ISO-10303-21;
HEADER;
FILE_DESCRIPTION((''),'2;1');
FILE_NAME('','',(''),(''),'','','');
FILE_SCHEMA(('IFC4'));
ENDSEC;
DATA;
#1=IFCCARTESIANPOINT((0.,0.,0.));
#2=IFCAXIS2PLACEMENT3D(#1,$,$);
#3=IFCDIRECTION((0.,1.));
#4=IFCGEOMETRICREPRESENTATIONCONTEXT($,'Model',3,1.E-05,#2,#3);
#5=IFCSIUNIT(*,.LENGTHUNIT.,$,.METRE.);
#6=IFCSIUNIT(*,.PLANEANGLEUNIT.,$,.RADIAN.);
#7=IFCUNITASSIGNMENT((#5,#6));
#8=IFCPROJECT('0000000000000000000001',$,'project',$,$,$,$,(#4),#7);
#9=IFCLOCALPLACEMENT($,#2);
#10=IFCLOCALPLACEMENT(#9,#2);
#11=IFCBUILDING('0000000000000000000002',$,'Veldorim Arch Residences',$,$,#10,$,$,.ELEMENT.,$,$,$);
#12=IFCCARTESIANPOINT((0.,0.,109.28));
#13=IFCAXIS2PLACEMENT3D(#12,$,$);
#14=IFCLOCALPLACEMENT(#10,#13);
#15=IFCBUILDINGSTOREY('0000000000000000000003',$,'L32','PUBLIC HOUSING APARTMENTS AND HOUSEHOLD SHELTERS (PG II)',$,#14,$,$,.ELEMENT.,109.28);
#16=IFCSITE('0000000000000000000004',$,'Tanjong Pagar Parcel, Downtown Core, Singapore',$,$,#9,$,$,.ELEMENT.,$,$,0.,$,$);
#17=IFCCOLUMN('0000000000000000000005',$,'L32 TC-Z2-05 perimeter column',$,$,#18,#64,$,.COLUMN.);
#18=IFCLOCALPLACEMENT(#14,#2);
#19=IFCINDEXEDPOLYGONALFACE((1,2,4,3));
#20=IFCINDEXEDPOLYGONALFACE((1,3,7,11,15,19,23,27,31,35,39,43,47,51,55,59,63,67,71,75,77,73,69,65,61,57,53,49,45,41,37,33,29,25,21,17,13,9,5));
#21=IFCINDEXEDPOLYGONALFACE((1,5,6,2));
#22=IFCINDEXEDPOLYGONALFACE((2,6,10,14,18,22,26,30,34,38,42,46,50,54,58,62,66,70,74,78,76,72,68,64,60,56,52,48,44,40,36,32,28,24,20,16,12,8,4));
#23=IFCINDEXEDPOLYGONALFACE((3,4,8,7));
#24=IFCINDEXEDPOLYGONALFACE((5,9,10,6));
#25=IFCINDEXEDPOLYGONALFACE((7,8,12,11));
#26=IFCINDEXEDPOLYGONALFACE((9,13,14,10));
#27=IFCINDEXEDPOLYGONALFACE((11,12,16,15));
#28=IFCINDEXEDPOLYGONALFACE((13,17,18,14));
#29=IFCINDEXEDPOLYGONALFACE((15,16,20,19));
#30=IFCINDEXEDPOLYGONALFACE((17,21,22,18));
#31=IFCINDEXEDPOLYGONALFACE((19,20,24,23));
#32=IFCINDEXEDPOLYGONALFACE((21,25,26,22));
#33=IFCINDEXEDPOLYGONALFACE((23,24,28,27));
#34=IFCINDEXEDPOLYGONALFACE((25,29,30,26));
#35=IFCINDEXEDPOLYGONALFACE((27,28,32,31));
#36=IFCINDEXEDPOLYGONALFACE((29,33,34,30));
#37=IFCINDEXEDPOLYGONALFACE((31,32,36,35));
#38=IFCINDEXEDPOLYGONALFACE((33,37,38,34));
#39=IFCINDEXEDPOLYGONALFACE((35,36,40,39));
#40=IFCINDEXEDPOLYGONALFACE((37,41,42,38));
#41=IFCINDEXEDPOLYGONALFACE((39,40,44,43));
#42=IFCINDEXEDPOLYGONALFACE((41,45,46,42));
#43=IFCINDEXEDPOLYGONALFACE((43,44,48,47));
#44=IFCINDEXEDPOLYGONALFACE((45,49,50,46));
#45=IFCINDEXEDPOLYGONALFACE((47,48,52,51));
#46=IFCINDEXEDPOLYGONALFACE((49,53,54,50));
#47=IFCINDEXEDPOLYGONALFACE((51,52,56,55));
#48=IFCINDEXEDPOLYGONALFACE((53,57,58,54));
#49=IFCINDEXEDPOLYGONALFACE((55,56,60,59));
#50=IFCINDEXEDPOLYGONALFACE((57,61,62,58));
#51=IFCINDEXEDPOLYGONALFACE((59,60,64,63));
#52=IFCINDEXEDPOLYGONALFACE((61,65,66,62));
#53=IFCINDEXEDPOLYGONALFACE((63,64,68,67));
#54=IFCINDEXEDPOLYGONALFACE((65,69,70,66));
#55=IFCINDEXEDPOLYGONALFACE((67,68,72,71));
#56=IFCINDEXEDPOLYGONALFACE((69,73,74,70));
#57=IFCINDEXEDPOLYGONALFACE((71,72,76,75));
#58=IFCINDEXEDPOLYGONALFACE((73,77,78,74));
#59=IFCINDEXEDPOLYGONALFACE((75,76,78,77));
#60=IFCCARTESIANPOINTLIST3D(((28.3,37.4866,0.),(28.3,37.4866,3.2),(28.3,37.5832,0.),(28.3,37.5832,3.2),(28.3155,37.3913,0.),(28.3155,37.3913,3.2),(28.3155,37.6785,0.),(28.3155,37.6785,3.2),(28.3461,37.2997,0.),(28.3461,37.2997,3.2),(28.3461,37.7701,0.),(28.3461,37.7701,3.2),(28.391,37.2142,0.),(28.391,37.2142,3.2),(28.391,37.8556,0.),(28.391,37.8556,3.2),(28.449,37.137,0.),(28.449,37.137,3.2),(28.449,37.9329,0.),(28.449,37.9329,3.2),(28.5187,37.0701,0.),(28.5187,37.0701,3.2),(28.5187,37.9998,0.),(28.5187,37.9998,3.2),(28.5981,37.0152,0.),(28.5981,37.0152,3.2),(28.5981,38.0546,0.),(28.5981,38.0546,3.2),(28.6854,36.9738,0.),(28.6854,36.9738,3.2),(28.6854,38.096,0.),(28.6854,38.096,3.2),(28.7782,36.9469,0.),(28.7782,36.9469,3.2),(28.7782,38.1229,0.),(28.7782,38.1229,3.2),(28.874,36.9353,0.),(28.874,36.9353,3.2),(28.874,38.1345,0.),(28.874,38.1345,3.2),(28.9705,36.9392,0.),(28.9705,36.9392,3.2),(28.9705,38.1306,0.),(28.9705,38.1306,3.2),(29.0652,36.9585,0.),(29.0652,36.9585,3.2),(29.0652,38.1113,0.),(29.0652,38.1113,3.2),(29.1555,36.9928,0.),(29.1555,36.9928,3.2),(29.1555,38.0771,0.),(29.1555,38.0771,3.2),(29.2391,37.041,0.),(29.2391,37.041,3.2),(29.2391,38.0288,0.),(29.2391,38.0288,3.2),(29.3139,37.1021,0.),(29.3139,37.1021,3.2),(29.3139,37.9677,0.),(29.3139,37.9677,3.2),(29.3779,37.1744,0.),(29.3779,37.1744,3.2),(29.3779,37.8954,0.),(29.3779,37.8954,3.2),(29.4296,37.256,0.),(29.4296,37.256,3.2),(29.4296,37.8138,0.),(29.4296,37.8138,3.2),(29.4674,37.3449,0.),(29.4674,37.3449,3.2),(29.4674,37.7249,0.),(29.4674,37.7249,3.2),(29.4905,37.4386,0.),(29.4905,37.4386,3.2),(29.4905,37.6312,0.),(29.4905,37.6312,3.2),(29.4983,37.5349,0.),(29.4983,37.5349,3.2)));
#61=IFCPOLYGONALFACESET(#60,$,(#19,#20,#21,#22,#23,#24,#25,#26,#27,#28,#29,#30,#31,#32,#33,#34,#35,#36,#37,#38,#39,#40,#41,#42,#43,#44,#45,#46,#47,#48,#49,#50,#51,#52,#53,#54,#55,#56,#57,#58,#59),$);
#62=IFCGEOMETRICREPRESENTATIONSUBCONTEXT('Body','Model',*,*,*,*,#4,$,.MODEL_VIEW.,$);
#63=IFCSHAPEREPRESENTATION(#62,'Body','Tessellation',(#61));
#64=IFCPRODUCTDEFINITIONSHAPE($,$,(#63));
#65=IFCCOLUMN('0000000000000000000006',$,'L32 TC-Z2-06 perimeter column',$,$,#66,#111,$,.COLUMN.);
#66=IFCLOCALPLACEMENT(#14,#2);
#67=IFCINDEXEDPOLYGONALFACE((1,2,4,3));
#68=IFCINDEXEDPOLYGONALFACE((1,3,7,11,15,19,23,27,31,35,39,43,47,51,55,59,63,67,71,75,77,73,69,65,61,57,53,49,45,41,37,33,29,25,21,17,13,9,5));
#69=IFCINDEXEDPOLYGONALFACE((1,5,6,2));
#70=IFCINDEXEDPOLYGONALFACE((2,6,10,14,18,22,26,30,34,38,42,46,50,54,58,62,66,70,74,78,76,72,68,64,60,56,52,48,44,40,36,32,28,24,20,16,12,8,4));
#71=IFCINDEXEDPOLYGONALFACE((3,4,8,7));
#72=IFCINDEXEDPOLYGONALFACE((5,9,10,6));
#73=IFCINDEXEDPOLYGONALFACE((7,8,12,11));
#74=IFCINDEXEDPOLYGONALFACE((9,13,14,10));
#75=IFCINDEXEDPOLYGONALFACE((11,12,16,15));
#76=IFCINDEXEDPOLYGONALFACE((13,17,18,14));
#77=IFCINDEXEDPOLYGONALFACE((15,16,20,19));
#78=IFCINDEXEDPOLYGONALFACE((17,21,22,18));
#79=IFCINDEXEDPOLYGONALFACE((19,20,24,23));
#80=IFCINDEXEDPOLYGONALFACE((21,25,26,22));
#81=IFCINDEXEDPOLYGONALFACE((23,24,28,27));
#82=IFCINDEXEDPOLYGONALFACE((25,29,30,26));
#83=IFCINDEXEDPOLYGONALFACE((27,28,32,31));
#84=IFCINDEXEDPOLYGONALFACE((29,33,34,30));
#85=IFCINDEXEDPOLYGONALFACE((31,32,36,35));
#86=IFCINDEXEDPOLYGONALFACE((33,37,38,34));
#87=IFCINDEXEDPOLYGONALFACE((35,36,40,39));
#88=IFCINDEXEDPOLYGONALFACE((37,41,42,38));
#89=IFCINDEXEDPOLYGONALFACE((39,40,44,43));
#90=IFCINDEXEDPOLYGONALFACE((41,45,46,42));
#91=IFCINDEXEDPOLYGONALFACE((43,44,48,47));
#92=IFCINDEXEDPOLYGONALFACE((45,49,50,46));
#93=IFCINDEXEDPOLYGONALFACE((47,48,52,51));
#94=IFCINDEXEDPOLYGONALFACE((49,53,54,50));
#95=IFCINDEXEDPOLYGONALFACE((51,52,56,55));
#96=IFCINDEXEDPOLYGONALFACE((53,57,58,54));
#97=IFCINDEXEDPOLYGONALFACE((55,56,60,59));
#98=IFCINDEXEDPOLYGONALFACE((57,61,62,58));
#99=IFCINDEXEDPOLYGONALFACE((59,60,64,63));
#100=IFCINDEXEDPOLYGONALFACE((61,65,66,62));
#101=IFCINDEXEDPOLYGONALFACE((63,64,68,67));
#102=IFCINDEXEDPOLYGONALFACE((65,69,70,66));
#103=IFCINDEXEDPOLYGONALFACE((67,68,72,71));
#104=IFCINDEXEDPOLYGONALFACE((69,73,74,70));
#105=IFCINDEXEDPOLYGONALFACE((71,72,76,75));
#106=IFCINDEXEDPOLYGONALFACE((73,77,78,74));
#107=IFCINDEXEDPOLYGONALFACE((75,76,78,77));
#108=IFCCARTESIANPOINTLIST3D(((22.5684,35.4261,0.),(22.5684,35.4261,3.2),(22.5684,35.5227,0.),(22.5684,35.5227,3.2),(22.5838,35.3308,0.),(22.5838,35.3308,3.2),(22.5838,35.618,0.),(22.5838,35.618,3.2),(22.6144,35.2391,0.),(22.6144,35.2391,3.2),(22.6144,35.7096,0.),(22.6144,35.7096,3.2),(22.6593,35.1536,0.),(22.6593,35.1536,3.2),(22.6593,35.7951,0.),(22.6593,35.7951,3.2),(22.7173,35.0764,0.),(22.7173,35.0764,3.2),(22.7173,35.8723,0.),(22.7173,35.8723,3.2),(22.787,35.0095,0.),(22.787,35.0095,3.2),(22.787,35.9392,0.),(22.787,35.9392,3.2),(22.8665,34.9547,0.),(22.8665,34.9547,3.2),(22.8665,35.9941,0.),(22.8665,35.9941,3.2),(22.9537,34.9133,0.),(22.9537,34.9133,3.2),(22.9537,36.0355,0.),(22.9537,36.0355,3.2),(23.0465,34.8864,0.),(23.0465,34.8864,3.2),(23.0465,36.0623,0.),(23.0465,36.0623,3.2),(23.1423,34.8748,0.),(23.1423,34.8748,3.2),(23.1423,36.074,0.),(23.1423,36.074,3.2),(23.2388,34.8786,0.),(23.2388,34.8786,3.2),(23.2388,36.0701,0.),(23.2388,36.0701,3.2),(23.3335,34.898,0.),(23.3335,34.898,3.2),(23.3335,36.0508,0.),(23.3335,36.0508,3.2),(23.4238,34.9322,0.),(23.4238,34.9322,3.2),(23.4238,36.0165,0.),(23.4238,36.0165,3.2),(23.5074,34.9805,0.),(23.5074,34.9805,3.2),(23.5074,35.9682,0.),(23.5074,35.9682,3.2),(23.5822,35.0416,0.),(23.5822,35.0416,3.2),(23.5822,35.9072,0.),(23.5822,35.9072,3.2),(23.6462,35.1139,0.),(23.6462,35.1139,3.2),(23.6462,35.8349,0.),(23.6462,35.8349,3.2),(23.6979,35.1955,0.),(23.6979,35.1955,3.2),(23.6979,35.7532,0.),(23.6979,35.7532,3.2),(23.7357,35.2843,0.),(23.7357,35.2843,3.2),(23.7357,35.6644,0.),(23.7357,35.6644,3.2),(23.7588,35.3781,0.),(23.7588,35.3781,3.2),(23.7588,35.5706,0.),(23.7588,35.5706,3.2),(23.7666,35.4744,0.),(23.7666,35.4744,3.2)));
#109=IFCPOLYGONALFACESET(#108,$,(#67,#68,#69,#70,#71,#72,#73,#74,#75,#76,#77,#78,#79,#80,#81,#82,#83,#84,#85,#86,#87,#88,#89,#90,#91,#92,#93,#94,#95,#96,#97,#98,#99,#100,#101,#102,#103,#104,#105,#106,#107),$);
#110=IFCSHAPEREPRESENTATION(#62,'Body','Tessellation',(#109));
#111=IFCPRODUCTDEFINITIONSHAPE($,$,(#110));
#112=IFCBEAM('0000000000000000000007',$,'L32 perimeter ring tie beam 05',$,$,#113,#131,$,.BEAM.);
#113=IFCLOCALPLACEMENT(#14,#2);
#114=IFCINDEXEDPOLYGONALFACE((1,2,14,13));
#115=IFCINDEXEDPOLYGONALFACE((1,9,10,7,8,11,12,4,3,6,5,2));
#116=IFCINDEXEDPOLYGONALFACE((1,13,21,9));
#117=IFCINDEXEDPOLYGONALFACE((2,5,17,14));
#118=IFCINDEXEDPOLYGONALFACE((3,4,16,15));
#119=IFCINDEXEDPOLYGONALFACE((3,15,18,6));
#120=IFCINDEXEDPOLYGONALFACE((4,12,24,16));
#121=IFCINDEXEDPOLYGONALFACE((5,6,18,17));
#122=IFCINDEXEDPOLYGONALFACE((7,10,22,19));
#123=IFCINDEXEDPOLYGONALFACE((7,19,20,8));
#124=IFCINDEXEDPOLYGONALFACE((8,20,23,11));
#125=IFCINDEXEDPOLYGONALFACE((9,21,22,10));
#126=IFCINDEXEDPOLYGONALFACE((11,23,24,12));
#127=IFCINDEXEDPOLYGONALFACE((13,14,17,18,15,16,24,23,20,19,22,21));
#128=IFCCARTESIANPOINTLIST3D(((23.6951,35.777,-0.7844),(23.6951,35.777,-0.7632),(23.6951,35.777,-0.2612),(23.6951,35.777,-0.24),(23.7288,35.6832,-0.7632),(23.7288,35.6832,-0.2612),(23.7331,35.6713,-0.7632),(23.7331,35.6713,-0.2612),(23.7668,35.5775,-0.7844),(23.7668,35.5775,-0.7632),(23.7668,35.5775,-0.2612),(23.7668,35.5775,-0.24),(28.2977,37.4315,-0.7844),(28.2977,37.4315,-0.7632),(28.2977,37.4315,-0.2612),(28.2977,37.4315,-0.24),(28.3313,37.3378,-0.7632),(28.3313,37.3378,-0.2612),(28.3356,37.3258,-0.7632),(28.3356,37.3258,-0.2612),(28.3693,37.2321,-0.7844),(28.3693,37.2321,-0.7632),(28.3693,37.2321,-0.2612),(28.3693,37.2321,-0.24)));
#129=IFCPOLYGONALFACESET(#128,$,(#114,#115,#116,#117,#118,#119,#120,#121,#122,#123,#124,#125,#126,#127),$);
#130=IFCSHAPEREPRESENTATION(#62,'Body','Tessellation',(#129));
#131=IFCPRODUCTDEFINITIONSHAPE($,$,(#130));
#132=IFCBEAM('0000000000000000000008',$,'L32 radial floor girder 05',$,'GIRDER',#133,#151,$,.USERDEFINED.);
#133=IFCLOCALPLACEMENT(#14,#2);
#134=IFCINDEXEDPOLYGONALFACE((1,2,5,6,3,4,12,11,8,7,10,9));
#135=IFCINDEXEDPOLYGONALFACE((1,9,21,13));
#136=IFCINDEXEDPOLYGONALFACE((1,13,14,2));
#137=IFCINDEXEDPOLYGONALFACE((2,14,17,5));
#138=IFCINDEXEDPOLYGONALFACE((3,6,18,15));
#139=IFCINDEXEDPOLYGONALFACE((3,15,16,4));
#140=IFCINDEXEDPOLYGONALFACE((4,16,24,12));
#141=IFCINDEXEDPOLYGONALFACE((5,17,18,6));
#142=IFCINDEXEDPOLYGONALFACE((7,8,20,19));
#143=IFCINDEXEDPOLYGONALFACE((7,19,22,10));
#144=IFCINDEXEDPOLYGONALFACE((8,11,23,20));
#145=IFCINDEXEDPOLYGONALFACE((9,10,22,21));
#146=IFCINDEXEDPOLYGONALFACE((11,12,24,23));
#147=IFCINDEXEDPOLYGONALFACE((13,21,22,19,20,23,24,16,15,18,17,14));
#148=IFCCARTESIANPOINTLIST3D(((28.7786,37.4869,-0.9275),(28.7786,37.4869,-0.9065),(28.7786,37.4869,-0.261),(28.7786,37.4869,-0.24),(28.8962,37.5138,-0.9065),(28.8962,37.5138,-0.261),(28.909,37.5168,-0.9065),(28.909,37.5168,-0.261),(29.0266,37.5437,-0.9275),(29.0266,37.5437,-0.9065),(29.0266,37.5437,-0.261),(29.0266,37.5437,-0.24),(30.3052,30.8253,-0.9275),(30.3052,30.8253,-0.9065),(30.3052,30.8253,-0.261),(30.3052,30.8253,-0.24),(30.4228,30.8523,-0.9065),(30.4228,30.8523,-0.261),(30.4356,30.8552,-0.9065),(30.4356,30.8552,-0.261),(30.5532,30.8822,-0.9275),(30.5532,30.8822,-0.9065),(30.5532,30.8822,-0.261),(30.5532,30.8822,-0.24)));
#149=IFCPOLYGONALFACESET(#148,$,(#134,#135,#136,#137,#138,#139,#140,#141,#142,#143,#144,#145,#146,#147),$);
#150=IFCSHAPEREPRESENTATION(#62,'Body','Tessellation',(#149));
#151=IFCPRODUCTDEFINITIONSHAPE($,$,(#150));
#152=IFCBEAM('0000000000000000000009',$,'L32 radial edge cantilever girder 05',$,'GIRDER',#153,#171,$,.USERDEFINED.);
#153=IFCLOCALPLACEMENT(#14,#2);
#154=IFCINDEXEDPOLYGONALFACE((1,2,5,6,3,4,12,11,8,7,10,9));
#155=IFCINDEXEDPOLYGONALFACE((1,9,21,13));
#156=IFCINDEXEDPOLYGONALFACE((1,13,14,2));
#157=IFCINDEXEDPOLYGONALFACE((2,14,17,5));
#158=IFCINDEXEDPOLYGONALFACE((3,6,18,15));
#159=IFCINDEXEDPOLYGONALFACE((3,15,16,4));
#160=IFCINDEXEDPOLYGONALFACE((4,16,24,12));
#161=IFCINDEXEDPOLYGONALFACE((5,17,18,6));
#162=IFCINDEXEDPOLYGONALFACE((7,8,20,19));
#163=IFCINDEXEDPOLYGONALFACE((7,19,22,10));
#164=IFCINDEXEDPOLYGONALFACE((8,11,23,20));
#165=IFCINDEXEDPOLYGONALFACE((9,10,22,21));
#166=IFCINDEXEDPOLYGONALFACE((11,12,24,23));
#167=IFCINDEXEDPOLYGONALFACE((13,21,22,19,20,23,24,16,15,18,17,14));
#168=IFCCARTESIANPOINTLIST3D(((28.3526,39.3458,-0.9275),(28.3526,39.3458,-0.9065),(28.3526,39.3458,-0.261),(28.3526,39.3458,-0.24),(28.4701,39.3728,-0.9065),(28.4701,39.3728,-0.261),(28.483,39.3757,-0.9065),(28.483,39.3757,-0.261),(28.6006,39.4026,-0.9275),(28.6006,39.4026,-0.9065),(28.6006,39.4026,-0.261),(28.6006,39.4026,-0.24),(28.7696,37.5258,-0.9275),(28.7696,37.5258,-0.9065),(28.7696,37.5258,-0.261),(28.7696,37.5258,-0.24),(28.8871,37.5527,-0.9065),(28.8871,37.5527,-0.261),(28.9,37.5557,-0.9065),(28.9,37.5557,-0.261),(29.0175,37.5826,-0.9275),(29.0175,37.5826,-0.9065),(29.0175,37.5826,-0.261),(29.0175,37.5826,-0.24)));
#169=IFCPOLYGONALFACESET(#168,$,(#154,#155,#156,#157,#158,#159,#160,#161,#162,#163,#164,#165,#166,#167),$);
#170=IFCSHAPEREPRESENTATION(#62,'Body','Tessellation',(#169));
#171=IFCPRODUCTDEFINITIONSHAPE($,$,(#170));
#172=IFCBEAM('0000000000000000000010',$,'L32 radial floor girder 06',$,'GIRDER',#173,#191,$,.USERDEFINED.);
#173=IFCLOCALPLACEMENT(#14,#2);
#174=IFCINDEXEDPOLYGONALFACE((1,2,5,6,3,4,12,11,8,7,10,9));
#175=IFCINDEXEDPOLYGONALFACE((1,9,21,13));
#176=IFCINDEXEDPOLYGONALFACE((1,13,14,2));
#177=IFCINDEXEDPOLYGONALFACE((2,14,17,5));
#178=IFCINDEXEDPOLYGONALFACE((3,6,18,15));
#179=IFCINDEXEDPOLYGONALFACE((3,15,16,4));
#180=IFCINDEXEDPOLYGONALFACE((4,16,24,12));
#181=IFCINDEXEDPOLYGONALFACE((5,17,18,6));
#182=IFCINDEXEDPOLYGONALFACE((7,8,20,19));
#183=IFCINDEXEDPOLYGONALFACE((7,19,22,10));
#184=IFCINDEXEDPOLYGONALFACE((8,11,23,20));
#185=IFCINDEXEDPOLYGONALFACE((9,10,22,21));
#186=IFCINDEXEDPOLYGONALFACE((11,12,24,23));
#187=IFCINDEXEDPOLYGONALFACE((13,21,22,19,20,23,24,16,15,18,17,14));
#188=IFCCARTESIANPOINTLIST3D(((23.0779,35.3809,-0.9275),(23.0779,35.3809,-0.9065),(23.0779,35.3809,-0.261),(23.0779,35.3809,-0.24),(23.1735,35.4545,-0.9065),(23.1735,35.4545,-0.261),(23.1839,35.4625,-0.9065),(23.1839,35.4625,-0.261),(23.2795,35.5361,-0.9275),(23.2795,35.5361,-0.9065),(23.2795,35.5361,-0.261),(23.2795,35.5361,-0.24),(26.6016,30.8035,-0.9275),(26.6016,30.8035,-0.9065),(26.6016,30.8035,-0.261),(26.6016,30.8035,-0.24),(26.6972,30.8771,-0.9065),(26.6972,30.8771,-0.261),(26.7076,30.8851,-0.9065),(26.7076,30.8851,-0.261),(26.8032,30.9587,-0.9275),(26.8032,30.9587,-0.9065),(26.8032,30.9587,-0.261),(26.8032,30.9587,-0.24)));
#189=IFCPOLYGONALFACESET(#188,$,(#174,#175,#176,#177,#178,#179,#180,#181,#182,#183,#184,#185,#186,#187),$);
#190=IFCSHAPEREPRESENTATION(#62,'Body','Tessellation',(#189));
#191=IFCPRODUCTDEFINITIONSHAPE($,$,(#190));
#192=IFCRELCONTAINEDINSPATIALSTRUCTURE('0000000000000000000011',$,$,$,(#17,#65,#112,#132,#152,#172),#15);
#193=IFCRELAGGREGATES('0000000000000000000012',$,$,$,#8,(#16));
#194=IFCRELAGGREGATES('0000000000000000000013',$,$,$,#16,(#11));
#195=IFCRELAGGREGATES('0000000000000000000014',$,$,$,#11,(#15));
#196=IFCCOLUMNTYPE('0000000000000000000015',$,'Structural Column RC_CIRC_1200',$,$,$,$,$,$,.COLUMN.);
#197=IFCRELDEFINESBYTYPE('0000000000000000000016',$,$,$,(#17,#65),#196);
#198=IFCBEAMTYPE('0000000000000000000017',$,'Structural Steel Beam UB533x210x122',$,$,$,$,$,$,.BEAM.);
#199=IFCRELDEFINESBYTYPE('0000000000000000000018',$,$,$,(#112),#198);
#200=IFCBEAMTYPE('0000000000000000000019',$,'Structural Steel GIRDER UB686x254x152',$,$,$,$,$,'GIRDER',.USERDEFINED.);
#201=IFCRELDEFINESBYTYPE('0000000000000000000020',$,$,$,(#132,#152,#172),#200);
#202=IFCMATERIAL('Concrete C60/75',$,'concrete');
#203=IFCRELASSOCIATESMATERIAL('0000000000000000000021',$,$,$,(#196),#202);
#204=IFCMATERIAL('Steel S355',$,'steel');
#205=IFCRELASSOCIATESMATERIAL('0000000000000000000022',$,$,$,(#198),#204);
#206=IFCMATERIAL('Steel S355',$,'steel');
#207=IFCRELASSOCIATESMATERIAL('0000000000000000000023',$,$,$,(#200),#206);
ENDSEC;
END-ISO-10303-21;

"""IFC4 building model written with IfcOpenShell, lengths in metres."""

from ifc_helpers import new_model, si_unit, direction, frame, origin, origin_2d, place, context, subcontext, project, spatial, circle, i_section, extrude, material, material_profile, profile_set, type_object, element, save


model = new_model("IFC4")

# Units and contexts
model_context = context("Model", 3, precision=1e-05, world=origin(), true_north=direction((0.0, 1.0)))
body_context = subcontext(model_context, "Body", "Model", "MODEL_VIEW")
ifc_project = project(units=[si_unit("LENGTHUNIT", "METRE"), si_unit("PLANEANGLEUNIT", "RADIAN")], contexts=[model_context])

# Site, building, storey
site_placement = place(None, origin())
site = spatial("IfcSite", under=ifc_project, at=site_placement, Name="Tanjong Pagar Parcel, Downtown Core, Singapore", CompositionType="ELEMENT", RefElevation=0.0)
building_placement = place(site_placement, origin())
building = spatial("IfcBuilding", under=site, at=building_placement, Name="Veldorim Arch Residences", CompositionType="ELEMENT")
storey_placement = place(building_placement, frame((0.0, 0.0, 109.28)))
storey = spatial("IfcBuildingStorey", under=building, at=storey_placement, Name="L32", Description="PUBLIC HOUSING APARTMENTS AND HOUSEHOLD SHELTERS (PG II)", CompositionType="ELEMENT", Elevation=109.28)

# Columns
ifc_material_1 = material(Name="Concrete C60/75", Category="concrete")
ifc_material_profile_1 = material_profile(ifc_material_1, circle(Radius=0.6001, at=origin_2d()), Name="RC_CIRC_1200")
ifc_profile_set_1 = profile_set([ifc_material_profile_1], Name="Concrete C60/75")
column_type = type_object("IfcColumnType", Name="Structural Column RC_CIRC_1200", PredefinedType="COLUMN", material=ifc_profile_set_1)
for number, where, z_axis, x_axis, name in (
    (1, (28.8982, 37.5349, 0.0), (0.0, 0.0, 1.0), (1.0, 0.0, 0.0), "L32 TC-Z2-05 perimeter column"),
    (2, (23.1665, 35.4744, 0.0), (0.0, 0.0, 1.0), (1.0, 0.0, 0.0), "L32 TC-Z2-06 perimeter column"),
):
    element("IfcColumn", number, at=place(storey_placement, frame(where, z_axis=z_axis, x_axis=x_axis)), inside=storey, type_object=column_type, Name=name, PredefinedType="COLUMN", context=body_context, shape_type="SweptSolid", body=[
        extrude(circle(Radius=0.6001, at=origin_2d()), origin(), (0.0, 0.0, 1.0), 3.2),
    ])

# Beams
ifc_material_2 = material(Name="Steel S355", Category="steel")
ifc_material_profile_2 = material_profile(ifc_material_2, i_section(OverallWidth=0.2119, OverallDepth=0.5444, WebThickness=0.0127, FlangeThickness=0.0212, at=origin_2d()), Name="UB533x210x122")
ifc_profile_set_2 = profile_set([ifc_material_profile_2], Name="Steel S355")
beam_type_1 = type_object("IfcBeamType", Name="Structural Steel Beam UB533x210x122", PredefinedType="BEAM", material=ifc_profile_set_2)
beam_1_placement = place(storey_placement, frame((28.3335, 37.3318, -0.5122), z_axis=(-0.941042, -0.33829, 0.0), x_axis=(0.33829, -0.941042, 0.0)))
element("IfcBeam", 3, at=beam_1_placement, inside=storey, type_object=beam_type_1, Name="L32 perimeter ring tie beam 05", PredefinedType="BEAM", context=body_context, shape_type="SweptSolid", body=[
    extrude(i_section(OverallWidth=0.2119, OverallDepth=0.5444, WebThickness=0.0127, FlangeThickness=0.0212, at=origin_2d()), origin(), (0.0, 0.0, 1.0), 4.8909),
])
ifc_material_3 = material(Name="Steel S355", Category="steel")
ifc_material_profile_3 = material_profile(ifc_material_3, i_section(OverallWidth=0.2544, OverallDepth=0.6875, WebThickness=0.0132, FlangeThickness=0.021, at=origin_2d()), Name="UB686x254x152")
ifc_profile_set_3 = profile_set([ifc_material_profile_3], Name="Steel S355")
beam_type_2 = type_object("IfcBeamType", Name="Structural Steel GIRDER UB686x254x152", ElementType="GIRDER", PredefinedType="USERDEFINED", material=ifc_profile_set_3)
beam_2_placement = place(storey_placement, frame((30.4292, 30.8538, -0.5837), z_axis=(-0.223375, 0.974733, 0.0), x_axis=(-0.974733, -0.223375, 0.0)))
element("IfcBeam", 4, at=beam_2_placement, inside=storey, type_object=beam_type_2, Name="L32 radial floor girder 05", ObjectType="GIRDER", PredefinedType="USERDEFINED", context=body_context, shape_type="SweptSolid", body=[
    extrude(i_section(OverallWidth=0.2544, OverallDepth=0.6875, WebThickness=0.0132, FlangeThickness=0.021, at=origin_2d()), origin(), (0.0, 0.0, 1.0), 6.8342),
])
beam_3_placement = place(storey_placement, frame((28.8936, 37.5542, -0.5837), z_axis=(-0.223322, 0.974745, 0.0), x_axis=(-0.974745, -0.223322, 0.0)))
element("IfcBeam", 5, at=beam_3_placement, inside=storey, type_object=beam_type_2, Name="L32 radial edge cantilever girder 05", ObjectType="GIRDER", PredefinedType="USERDEFINED", context=body_context, shape_type="SweptSolid", body=[
    extrude(i_section(OverallWidth=0.2544, OverallDepth=0.6875, WebThickness=0.0132, FlangeThickness=0.021, at=origin_2d()), origin(), (0.0, 0.0, 1.0), 1.8672),
])
beam_4_placement = place(storey_placement, frame((26.7024, 30.8811, -0.5837), z_axis=(-0.609995, 0.792406, 0.0), x_axis=(-0.792406, -0.609995, 0.0)))
element("IfcBeam", 6, at=beam_4_placement, inside=storey, type_object=beam_type_2, Name="L32 radial floor girder 06", ObjectType="GIRDER", PredefinedType="USERDEFINED", context=body_context, shape_type="SweptSolid", body=[
    extrude(i_section(OverallWidth=0.2544, OverallDepth=0.6875, WebThickness=0.0132, FlangeThickness=0.021, at=origin_2d()), origin(), (0.0, 0.0, 1.0), 5.7766),
])

save(model, "model.ifc")
